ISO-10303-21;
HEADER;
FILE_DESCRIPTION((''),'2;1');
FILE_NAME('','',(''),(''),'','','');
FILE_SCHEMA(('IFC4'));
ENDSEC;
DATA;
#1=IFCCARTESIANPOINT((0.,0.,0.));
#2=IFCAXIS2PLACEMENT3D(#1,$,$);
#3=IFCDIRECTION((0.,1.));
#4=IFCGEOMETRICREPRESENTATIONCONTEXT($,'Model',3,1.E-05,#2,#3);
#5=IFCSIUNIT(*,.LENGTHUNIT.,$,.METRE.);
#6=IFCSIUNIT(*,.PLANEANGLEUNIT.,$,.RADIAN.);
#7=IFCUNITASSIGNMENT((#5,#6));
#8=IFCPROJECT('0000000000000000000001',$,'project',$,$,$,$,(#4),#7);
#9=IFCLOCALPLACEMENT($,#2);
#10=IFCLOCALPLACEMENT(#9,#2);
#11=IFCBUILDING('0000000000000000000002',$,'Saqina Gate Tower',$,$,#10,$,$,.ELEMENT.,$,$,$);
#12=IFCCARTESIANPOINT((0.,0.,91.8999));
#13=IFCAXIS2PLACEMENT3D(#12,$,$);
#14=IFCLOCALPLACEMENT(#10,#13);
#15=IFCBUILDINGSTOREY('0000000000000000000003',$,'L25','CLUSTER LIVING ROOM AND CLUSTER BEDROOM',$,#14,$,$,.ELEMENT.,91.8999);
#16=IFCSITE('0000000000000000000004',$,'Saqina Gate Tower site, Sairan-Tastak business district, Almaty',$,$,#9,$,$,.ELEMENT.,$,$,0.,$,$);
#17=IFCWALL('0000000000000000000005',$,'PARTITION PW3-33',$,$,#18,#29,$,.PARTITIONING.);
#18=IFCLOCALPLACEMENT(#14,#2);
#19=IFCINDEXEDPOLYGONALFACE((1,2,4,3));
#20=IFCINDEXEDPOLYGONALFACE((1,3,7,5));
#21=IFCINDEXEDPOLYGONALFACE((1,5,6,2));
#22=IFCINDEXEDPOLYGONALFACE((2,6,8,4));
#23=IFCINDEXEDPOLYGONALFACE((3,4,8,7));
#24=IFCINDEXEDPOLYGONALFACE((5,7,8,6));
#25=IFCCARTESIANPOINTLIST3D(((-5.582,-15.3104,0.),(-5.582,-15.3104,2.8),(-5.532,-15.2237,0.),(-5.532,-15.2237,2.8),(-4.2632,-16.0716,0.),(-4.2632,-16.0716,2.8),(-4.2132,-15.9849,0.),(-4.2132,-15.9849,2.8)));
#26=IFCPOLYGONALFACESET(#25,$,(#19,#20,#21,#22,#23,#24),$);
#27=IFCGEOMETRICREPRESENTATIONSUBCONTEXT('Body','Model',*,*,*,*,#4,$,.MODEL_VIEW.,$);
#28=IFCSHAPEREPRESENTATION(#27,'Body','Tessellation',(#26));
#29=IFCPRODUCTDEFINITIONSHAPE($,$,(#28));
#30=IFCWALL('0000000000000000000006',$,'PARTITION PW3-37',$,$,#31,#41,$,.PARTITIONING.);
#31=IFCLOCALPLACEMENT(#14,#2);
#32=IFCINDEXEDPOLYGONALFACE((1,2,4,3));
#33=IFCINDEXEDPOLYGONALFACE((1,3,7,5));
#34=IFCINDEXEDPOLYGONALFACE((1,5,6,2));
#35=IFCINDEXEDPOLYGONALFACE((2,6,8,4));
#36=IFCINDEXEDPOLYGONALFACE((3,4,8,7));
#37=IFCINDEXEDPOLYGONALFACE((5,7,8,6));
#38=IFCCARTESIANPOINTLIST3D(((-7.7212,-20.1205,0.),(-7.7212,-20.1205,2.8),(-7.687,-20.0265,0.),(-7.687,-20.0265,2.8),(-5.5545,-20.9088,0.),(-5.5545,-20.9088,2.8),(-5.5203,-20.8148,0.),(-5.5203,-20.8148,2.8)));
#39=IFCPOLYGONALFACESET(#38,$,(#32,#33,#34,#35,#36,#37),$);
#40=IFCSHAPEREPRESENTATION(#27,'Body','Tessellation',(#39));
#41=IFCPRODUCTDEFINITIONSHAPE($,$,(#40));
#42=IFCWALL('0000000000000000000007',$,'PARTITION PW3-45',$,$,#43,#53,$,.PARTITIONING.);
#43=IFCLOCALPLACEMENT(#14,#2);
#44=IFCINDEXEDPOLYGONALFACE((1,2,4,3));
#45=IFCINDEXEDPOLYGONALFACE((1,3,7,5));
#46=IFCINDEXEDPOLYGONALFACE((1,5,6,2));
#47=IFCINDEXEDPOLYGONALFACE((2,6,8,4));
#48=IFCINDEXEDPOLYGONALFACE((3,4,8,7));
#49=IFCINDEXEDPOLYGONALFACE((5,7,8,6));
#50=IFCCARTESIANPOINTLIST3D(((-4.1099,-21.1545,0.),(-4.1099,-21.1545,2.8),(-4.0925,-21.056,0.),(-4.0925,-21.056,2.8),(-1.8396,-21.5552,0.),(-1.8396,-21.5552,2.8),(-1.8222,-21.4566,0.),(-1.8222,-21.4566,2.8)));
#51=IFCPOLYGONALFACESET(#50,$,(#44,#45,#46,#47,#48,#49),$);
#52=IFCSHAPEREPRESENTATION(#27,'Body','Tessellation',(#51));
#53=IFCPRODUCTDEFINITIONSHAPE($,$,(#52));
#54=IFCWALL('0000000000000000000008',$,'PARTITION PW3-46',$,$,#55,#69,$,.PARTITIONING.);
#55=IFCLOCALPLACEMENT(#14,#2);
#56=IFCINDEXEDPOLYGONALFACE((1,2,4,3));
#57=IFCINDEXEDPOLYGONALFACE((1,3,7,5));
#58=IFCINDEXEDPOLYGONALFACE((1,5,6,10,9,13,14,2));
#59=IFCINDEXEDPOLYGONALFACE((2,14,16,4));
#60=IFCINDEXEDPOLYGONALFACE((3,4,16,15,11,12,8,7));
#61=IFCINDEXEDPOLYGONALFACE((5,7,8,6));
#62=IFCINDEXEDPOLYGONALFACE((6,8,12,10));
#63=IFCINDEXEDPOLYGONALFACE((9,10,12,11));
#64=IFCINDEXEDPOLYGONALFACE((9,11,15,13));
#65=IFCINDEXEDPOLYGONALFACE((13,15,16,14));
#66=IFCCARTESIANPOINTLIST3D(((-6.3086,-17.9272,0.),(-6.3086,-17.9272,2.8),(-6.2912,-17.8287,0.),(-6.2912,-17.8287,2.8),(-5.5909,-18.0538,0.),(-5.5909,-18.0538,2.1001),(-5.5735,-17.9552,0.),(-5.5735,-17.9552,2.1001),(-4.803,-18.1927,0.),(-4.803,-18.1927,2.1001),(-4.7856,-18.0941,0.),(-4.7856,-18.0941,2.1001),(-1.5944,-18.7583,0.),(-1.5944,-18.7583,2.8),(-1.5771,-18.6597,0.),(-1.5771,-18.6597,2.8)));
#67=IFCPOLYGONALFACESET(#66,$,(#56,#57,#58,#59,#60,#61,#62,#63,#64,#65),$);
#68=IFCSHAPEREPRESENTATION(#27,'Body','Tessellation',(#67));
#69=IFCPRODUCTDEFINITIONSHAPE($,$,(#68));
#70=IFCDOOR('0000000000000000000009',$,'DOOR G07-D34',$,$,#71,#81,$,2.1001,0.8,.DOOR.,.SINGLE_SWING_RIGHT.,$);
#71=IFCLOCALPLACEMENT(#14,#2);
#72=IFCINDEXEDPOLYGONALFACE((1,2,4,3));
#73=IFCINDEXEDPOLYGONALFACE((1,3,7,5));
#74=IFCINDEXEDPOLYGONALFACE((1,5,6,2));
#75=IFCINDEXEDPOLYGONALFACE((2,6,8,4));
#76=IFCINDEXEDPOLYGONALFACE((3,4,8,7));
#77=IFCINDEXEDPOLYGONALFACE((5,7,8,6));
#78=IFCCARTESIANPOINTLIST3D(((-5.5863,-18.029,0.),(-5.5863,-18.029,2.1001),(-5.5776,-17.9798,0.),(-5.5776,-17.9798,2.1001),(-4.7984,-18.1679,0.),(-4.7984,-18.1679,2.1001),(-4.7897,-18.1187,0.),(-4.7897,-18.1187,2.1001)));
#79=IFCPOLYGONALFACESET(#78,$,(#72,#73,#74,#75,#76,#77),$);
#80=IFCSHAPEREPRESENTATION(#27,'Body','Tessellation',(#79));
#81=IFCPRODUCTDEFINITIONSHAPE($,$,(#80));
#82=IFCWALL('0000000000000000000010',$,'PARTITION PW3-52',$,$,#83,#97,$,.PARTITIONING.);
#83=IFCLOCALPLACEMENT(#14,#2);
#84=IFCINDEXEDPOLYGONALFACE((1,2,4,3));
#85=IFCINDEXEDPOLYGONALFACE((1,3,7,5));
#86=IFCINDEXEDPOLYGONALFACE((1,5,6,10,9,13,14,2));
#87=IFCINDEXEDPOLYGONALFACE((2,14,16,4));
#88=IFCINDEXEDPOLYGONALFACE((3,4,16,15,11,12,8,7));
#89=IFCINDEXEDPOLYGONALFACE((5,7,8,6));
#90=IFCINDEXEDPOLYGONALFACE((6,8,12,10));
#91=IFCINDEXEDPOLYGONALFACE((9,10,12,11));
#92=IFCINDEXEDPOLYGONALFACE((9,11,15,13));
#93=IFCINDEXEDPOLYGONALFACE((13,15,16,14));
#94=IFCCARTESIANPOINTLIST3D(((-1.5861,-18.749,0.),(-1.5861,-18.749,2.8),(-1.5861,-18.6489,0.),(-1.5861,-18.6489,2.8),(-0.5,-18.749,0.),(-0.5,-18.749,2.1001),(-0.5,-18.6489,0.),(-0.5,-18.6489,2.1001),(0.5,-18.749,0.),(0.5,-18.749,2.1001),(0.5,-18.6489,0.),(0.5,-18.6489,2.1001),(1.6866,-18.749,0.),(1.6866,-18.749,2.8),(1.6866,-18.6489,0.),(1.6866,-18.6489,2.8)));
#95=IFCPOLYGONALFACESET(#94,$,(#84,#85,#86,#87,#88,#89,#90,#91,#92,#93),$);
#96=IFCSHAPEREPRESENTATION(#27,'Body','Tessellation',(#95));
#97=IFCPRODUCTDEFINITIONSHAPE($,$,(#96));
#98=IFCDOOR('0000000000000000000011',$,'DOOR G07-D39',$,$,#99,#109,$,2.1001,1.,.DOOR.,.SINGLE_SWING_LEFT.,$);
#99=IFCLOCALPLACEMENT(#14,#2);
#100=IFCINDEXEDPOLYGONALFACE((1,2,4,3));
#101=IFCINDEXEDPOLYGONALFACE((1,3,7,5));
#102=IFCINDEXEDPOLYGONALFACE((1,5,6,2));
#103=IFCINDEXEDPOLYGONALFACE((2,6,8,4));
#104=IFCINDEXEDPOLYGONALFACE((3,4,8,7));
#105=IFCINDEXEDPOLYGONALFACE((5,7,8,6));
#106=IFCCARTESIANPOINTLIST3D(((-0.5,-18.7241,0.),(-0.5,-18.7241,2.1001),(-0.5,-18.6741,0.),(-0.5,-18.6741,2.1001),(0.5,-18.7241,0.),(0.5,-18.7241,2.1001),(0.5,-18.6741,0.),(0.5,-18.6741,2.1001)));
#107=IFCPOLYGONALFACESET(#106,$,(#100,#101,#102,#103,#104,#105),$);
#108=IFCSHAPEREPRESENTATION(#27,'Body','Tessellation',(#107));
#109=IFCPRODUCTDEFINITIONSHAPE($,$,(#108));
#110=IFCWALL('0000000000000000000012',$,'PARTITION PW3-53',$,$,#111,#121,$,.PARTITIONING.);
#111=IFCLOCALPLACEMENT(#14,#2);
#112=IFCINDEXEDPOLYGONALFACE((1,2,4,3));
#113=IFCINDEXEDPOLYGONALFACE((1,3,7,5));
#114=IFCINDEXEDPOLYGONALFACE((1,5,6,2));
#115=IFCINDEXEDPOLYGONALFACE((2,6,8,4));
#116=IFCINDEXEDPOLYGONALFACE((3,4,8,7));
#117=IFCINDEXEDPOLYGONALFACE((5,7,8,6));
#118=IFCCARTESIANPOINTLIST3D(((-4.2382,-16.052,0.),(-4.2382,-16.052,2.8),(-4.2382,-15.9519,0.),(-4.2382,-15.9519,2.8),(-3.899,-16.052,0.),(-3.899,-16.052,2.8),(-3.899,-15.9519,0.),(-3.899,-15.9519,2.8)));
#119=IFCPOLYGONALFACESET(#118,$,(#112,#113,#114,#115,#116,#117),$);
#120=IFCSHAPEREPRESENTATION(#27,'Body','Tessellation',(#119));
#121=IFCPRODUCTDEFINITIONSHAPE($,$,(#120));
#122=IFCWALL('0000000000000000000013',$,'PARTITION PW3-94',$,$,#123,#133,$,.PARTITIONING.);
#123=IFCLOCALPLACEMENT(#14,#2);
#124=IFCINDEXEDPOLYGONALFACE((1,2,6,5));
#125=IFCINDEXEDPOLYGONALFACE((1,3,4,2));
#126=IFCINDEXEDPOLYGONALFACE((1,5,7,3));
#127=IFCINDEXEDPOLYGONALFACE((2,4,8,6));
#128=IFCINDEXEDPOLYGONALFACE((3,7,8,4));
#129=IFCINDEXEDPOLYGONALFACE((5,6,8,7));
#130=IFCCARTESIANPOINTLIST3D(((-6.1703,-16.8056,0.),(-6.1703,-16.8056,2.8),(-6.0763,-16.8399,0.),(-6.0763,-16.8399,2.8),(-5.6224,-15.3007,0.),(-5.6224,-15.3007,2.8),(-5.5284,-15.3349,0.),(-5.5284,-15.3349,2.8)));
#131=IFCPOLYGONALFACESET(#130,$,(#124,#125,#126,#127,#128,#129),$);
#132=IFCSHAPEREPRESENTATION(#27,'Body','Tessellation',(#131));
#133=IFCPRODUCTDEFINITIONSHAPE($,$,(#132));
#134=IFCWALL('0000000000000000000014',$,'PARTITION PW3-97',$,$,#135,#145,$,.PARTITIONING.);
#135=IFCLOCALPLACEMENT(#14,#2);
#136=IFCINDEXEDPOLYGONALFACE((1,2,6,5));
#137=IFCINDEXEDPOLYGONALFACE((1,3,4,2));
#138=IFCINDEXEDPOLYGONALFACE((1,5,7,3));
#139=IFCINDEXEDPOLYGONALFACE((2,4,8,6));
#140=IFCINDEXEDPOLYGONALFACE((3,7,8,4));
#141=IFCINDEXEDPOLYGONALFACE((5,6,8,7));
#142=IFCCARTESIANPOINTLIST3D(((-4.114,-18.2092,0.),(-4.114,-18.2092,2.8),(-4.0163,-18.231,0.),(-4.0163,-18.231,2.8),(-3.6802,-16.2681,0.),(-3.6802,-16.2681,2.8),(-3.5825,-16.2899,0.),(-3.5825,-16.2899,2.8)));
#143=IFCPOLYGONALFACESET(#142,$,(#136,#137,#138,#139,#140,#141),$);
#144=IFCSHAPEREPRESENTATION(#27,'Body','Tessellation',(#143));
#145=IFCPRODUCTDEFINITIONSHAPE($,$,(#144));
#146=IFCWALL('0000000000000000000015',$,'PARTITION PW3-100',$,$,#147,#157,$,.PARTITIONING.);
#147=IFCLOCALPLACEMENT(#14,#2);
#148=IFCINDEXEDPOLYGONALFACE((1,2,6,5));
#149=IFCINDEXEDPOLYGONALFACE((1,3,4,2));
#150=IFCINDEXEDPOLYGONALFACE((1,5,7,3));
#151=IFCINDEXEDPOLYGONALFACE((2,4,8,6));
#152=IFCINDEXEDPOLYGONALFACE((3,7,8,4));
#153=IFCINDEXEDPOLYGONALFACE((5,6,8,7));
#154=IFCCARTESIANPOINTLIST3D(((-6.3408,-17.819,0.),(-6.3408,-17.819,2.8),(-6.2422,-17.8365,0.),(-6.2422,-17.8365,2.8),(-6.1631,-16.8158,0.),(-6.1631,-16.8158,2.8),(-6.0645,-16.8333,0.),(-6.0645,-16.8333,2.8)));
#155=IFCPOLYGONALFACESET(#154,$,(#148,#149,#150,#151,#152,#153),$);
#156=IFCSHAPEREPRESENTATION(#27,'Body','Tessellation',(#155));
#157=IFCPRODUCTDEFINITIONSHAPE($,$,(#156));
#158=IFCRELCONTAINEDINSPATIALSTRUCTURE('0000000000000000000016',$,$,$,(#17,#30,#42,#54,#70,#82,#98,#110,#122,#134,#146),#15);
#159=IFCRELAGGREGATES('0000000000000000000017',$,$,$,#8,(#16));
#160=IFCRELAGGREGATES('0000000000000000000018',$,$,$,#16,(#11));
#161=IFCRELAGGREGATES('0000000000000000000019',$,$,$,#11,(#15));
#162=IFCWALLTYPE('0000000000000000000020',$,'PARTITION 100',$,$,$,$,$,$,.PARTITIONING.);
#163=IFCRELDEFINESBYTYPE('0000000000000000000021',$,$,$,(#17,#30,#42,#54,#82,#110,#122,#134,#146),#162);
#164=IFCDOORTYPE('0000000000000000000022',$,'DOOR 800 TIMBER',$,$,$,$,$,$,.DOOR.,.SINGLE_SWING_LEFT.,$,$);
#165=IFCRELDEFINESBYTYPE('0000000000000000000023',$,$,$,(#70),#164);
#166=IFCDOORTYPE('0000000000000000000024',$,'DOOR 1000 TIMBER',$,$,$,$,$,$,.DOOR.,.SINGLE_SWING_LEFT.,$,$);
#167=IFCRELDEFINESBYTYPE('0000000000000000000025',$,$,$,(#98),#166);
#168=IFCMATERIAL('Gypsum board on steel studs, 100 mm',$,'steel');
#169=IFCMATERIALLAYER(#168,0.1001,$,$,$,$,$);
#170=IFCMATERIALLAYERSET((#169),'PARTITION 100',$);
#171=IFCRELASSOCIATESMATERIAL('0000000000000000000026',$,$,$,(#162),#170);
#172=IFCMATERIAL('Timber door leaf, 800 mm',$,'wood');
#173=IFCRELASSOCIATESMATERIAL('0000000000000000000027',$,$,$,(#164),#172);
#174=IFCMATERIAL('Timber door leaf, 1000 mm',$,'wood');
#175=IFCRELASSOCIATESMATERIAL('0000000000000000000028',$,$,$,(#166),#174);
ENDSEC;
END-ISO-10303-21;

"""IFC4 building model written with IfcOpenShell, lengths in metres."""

from ifc_helpers import new_model, si_unit, direction, frame, frame_2d, origin, place, context, subcontext, project, spatial, rectangle, extrude, material, layer, layer_set, type_object, element, fill, save


model = new_model("IFC4")

# Units and contexts
model_context = context("Model", 3, precision=1e-05, world=origin(), true_north=direction((0.0, 1.0)))
body_context = subcontext(model_context, "Body", "Model", "MODEL_VIEW")
ifc_project = project(units=[si_unit("LENGTHUNIT", "METRE"), si_unit("PLANEANGLEUNIT", "RADIAN")], contexts=[model_context])

# Site, building, storey
site_placement = place(None, origin())
site = spatial("IfcSite", under=ifc_project, at=site_placement, Name="Saqina Gate Tower site, Sairan-Tastak business district, Almaty", CompositionType="ELEMENT", RefElevation=0.0)
building_placement = place(site_placement, origin())
building = spatial("IfcBuilding", under=site, at=building_placement, Name="Saqina Gate Tower", CompositionType="ELEMENT")
storey_placement = place(building_placement, frame((0.0, 0.0, 91.8999)))
storey = spatial("IfcBuildingStorey", under=building, at=storey_placement, Name="L25", Description="CLUSTER LIVING ROOM AND CLUSTER BEDROOM", CompositionType="ELEMENT", Elevation=91.8999)

# Walls
ifc_material_1 = material(Name="Gypsum board on steel studs, 100 mm", Category="steel")
ifc_layer_1 = layer(ifc_material_1, 0.1001)
ifc_layer_set_1 = layer_set([ifc_layer_1], Name="PARTITION 100")
wall_type_1 = type_object("IfcWallType", Name="PARTITION 100", PredefinedType="PARTITIONING", material=ifc_layer_set_1)
wall_1_placement = place(storey_placement, frame((-5.5569, -15.2671, 0.0), z_axis=(0.0, 0.0, 1.0), x_axis=(0.866084, -0.499898, 0.0)))
element("IfcWall", 1, at=wall_1_placement, inside=storey, type_object=wall_type_1, Name="PARTITION PW3-33", PredefinedType="PARTITIONING", context=body_context, shape_type="SweptSolid", body=[
    extrude(rectangle(XDim=1.5227, YDim=0.1001, at=frame_2d((0.7612, 0.0))), origin(), (0.0, 0.0, 1.0), 2.8),
])
wall_2_placement = place(storey_placement, frame((-7.7041, -20.0735, 0.0), z_axis=(0.0, 0.0, 1.0), x_axis=(0.939735, -0.341905, 0.0)))
element("IfcWall", 2, at=wall_2_placement, inside=storey, type_object=wall_type_1, Name="PARTITION PW3-37", PredefinedType="PARTITIONING", context=body_context, shape_type="SweptSolid", body=[
    extrude(rectangle(XDim=2.3057, YDim=0.1001, at=frame_2d((1.1528, 0.0))), origin(), (0.0, 0.0, 1.0), 2.8),
])
wall_3_placement = place(storey_placement, frame((-4.1013, -21.1052, 0.0), z_axis=(0.0, 0.0, 1.0), x_axis=(0.984784, -0.173785, 0.0)))
element("IfcWall", 3, at=wall_3_placement, inside=storey, type_object=wall_type_1, Name="PARTITION PW3-45", PredefinedType="PARTITIONING", context=body_context, shape_type="SweptSolid", body=[
    extrude(rectangle(XDim=2.3054, YDim=0.1001, at=frame_2d((1.1528, 0.0))), origin(), (0.0, 0.0, 1.0), 2.8),
])

# Walls, openings, doors
wall_4_placement = place(storey_placement, frame((-6.3, -17.8779, 0.0), z_axis=(0.0, 0.0, 1.0), x_axis=(0.984814, -0.173614, 0.0)))
wall_4 = element("IfcWall", 4, at=wall_4_placement, inside=storey, type_object=wall_type_1, Name="PARTITION PW3-46", PredefinedType="PARTITIONING", context=body_context, shape_type="SweptSolid", body=[
    extrude(rectangle(XDim=4.7869, YDim=0.1001, at=frame_2d((2.3936, 0.0))), origin(), (0.0, 0.0, 1.0), 2.8),
])
opening_1_placement = place(wall_4_placement, frame((0.729, 0.0, 0.0)))
opening_1 = element("IfcOpeningElement", 5, at=opening_1_placement, cuts=wall_4, PredefinedType="OPENING", context=body_context, shape_type="SweptSolid", body=[
    extrude(rectangle(XDim=0.8, YDim=2.1001, at=frame_2d((0.3999, 1.05))), frame((0.0, 0.062, 0.0), z_axis=(0.0, -1.0, 0.0), x_axis=(1.0, 0.0, 0.0)), (0.0, 0.0, 1.0), 0.124),
])
ifc_material_2 = material(Name="Timber door leaf, 800 mm", Category="wood")
door_type_1 = type_object("IfcDoorType", Name="DOOR 800 TIMBER", OperationType="SINGLE_SWING_LEFT", PredefinedType="DOOR", material=ifc_material_2)
door_1_placement = place(opening_1_placement, frame((0.8, 0.0, 0.0), z_axis=(0.0, 0.0, 1.0), x_axis=(-1.0, 0.0, 0.0)))
door_1 = element("IfcDoor", 6, at=door_1_placement, inside=storey, type_object=door_type_1, Name="DOOR G07-D34", OperationType="SINGLE_SWING_RIGHT", OverallHeight=2.1001, OverallWidth=0.8, PredefinedType="DOOR", context=body_context, shape_type="SweptSolid", body=[
    extrude(rectangle(XDim=0.8, YDim=2.1001, at=frame_2d((0.3999, 1.05))), frame((0.0, 0.0249, 0.0), z_axis=(0.0, -1.0, 0.0), x_axis=(1.0, 0.0, 0.0)), (0.0, 0.0, 1.0), 0.05),
])
fill(opening_1, door_1)
wall_5_placement = place(storey_placement, frame((-1.5859, -18.699, 0.0), z_axis=(0.0, 0.0, 1.0), x_axis=(1.0, 0.0, 0.0)))
wall_5 = element("IfcWall", 7, at=wall_5_placement, inside=storey, type_object=wall_type_1, Name="PARTITION PW3-52", PredefinedType="PARTITIONING", context=body_context, shape_type="SweptSolid", body=[
    extrude(rectangle(XDim=3.2727, YDim=0.1001, at=frame_2d((1.6362, 0.0))), origin(), (0.0, 0.0, 1.0), 2.8),
])
opening_2_placement = place(wall_5_placement, frame((1.0859, 0.0, 0.0)))
opening_2 = element("IfcOpeningElement", 8, at=opening_2_placement, cuts=wall_5, PredefinedType="OPENING", context=body_context, shape_type="SweptSolid", body=[
    extrude(rectangle(XDim=1.0, YDim=2.1001, at=frame_2d((0.5, 1.05))), frame((0.0, 0.062, 0.0), z_axis=(0.0, -1.0, 0.0), x_axis=(1.0, 0.0, 0.0)), (0.0, 0.0, 1.0), 0.124),
])
ifc_material_3 = material(Name="Timber door leaf, 1000 mm", Category="wood")
door_type_2 = type_object("IfcDoorType", Name="DOOR 1000 TIMBER", OperationType="SINGLE_SWING_LEFT", PredefinedType="DOOR", material=ifc_material_3)
door_2_placement = place(opening_2_placement, origin())
door_2 = element("IfcDoor", 9, at=door_2_placement, inside=storey, type_object=door_type_2, Name="DOOR G07-D39", OperationType="SINGLE_SWING_LEFT", OverallHeight=2.1001, OverallWidth=1.0, PredefinedType="DOOR", context=body_context, shape_type="SweptSolid", body=[
    extrude(rectangle(XDim=1.0, YDim=2.1001, at=frame_2d((0.5, 1.05))), frame((0.0, 0.0249, 0.0), z_axis=(0.0, -1.0, 0.0), x_axis=(1.0, 0.0, 0.0)), (0.0, 0.0, 1.0), 0.05),
])
fill(opening_2, door_2)

# Walls
wall_6_placement = place(storey_placement, frame((-4.238, -16.002, 0.0), z_axis=(0.0, 0.0, 1.0), x_axis=(1.0, 0.0, 0.0)))
element("IfcWall", 10, at=wall_6_placement, inside=storey, type_object=wall_type_1, Name="PARTITION PW3-53", PredefinedType="PARTITIONING", context=body_context, shape_type="SweptSolid", body=[
    extrude(rectangle(XDim=0.3391, YDim=0.1001, at=frame_2d((0.1694, 0.0))), origin(), (0.0, 0.0, 1.0), 2.8),
])
wall_7_placement = place(storey_placement, frame((-6.1233, -16.8228, 0.0), z_axis=(0.0, 0.0, 1.0), x_axis=(0.342086, 0.939669, 0.0)))
element("IfcWall", 11, at=wall_7_placement, inside=storey, type_object=wall_type_1, Name="PARTITION PW3-94", PredefinedType="PARTITIONING", context=body_context, shape_type="SweptSolid", body=[
    extrude(rectangle(XDim=1.6016, YDim=0.1001, at=frame_2d((0.8008, 0.0))), origin(), (0.0, 0.0, 1.0), 2.8),
])
wall_8_placement = place(storey_placement, frame((-4.0652, -18.2202, 0.0), z_axis=(0.0, 0.0, 1.0), x_axis=(0.218113, 0.975924, 0.0)))
element("IfcWall", 12, at=wall_8_placement, inside=storey, type_object=wall_type_1, Name="PARTITION PW3-97", PredefinedType="PARTITIONING", context=body_context, shape_type="SweptSolid", body=[
    extrude(rectangle(XDim=1.989, YDim=0.1001, at=frame_2d((0.9946, 0.0))), origin(), (0.0, 0.0, 1.0), 2.8),
])
wall_9_placement = place(storey_placement, frame((-6.2915, -17.8276, 0.0), z_axis=(0.0, 0.0, 1.0), x_axis=(0.174455, 0.984665, 0.0)))
element("IfcWall", 13, at=wall_9_placement, inside=storey, type_object=wall_type_1, Name="PARTITION PW3-100", PredefinedType="PARTITIONING", context=body_context, shape_type="SweptSolid", body=[
    extrude(rectangle(XDim=1.0188, YDim=0.1001, at=frame_2d((0.5093, 0.0))), origin(), (0.0, 0.0, 1.0), 2.8),
])

save(model, "model.ifc")
